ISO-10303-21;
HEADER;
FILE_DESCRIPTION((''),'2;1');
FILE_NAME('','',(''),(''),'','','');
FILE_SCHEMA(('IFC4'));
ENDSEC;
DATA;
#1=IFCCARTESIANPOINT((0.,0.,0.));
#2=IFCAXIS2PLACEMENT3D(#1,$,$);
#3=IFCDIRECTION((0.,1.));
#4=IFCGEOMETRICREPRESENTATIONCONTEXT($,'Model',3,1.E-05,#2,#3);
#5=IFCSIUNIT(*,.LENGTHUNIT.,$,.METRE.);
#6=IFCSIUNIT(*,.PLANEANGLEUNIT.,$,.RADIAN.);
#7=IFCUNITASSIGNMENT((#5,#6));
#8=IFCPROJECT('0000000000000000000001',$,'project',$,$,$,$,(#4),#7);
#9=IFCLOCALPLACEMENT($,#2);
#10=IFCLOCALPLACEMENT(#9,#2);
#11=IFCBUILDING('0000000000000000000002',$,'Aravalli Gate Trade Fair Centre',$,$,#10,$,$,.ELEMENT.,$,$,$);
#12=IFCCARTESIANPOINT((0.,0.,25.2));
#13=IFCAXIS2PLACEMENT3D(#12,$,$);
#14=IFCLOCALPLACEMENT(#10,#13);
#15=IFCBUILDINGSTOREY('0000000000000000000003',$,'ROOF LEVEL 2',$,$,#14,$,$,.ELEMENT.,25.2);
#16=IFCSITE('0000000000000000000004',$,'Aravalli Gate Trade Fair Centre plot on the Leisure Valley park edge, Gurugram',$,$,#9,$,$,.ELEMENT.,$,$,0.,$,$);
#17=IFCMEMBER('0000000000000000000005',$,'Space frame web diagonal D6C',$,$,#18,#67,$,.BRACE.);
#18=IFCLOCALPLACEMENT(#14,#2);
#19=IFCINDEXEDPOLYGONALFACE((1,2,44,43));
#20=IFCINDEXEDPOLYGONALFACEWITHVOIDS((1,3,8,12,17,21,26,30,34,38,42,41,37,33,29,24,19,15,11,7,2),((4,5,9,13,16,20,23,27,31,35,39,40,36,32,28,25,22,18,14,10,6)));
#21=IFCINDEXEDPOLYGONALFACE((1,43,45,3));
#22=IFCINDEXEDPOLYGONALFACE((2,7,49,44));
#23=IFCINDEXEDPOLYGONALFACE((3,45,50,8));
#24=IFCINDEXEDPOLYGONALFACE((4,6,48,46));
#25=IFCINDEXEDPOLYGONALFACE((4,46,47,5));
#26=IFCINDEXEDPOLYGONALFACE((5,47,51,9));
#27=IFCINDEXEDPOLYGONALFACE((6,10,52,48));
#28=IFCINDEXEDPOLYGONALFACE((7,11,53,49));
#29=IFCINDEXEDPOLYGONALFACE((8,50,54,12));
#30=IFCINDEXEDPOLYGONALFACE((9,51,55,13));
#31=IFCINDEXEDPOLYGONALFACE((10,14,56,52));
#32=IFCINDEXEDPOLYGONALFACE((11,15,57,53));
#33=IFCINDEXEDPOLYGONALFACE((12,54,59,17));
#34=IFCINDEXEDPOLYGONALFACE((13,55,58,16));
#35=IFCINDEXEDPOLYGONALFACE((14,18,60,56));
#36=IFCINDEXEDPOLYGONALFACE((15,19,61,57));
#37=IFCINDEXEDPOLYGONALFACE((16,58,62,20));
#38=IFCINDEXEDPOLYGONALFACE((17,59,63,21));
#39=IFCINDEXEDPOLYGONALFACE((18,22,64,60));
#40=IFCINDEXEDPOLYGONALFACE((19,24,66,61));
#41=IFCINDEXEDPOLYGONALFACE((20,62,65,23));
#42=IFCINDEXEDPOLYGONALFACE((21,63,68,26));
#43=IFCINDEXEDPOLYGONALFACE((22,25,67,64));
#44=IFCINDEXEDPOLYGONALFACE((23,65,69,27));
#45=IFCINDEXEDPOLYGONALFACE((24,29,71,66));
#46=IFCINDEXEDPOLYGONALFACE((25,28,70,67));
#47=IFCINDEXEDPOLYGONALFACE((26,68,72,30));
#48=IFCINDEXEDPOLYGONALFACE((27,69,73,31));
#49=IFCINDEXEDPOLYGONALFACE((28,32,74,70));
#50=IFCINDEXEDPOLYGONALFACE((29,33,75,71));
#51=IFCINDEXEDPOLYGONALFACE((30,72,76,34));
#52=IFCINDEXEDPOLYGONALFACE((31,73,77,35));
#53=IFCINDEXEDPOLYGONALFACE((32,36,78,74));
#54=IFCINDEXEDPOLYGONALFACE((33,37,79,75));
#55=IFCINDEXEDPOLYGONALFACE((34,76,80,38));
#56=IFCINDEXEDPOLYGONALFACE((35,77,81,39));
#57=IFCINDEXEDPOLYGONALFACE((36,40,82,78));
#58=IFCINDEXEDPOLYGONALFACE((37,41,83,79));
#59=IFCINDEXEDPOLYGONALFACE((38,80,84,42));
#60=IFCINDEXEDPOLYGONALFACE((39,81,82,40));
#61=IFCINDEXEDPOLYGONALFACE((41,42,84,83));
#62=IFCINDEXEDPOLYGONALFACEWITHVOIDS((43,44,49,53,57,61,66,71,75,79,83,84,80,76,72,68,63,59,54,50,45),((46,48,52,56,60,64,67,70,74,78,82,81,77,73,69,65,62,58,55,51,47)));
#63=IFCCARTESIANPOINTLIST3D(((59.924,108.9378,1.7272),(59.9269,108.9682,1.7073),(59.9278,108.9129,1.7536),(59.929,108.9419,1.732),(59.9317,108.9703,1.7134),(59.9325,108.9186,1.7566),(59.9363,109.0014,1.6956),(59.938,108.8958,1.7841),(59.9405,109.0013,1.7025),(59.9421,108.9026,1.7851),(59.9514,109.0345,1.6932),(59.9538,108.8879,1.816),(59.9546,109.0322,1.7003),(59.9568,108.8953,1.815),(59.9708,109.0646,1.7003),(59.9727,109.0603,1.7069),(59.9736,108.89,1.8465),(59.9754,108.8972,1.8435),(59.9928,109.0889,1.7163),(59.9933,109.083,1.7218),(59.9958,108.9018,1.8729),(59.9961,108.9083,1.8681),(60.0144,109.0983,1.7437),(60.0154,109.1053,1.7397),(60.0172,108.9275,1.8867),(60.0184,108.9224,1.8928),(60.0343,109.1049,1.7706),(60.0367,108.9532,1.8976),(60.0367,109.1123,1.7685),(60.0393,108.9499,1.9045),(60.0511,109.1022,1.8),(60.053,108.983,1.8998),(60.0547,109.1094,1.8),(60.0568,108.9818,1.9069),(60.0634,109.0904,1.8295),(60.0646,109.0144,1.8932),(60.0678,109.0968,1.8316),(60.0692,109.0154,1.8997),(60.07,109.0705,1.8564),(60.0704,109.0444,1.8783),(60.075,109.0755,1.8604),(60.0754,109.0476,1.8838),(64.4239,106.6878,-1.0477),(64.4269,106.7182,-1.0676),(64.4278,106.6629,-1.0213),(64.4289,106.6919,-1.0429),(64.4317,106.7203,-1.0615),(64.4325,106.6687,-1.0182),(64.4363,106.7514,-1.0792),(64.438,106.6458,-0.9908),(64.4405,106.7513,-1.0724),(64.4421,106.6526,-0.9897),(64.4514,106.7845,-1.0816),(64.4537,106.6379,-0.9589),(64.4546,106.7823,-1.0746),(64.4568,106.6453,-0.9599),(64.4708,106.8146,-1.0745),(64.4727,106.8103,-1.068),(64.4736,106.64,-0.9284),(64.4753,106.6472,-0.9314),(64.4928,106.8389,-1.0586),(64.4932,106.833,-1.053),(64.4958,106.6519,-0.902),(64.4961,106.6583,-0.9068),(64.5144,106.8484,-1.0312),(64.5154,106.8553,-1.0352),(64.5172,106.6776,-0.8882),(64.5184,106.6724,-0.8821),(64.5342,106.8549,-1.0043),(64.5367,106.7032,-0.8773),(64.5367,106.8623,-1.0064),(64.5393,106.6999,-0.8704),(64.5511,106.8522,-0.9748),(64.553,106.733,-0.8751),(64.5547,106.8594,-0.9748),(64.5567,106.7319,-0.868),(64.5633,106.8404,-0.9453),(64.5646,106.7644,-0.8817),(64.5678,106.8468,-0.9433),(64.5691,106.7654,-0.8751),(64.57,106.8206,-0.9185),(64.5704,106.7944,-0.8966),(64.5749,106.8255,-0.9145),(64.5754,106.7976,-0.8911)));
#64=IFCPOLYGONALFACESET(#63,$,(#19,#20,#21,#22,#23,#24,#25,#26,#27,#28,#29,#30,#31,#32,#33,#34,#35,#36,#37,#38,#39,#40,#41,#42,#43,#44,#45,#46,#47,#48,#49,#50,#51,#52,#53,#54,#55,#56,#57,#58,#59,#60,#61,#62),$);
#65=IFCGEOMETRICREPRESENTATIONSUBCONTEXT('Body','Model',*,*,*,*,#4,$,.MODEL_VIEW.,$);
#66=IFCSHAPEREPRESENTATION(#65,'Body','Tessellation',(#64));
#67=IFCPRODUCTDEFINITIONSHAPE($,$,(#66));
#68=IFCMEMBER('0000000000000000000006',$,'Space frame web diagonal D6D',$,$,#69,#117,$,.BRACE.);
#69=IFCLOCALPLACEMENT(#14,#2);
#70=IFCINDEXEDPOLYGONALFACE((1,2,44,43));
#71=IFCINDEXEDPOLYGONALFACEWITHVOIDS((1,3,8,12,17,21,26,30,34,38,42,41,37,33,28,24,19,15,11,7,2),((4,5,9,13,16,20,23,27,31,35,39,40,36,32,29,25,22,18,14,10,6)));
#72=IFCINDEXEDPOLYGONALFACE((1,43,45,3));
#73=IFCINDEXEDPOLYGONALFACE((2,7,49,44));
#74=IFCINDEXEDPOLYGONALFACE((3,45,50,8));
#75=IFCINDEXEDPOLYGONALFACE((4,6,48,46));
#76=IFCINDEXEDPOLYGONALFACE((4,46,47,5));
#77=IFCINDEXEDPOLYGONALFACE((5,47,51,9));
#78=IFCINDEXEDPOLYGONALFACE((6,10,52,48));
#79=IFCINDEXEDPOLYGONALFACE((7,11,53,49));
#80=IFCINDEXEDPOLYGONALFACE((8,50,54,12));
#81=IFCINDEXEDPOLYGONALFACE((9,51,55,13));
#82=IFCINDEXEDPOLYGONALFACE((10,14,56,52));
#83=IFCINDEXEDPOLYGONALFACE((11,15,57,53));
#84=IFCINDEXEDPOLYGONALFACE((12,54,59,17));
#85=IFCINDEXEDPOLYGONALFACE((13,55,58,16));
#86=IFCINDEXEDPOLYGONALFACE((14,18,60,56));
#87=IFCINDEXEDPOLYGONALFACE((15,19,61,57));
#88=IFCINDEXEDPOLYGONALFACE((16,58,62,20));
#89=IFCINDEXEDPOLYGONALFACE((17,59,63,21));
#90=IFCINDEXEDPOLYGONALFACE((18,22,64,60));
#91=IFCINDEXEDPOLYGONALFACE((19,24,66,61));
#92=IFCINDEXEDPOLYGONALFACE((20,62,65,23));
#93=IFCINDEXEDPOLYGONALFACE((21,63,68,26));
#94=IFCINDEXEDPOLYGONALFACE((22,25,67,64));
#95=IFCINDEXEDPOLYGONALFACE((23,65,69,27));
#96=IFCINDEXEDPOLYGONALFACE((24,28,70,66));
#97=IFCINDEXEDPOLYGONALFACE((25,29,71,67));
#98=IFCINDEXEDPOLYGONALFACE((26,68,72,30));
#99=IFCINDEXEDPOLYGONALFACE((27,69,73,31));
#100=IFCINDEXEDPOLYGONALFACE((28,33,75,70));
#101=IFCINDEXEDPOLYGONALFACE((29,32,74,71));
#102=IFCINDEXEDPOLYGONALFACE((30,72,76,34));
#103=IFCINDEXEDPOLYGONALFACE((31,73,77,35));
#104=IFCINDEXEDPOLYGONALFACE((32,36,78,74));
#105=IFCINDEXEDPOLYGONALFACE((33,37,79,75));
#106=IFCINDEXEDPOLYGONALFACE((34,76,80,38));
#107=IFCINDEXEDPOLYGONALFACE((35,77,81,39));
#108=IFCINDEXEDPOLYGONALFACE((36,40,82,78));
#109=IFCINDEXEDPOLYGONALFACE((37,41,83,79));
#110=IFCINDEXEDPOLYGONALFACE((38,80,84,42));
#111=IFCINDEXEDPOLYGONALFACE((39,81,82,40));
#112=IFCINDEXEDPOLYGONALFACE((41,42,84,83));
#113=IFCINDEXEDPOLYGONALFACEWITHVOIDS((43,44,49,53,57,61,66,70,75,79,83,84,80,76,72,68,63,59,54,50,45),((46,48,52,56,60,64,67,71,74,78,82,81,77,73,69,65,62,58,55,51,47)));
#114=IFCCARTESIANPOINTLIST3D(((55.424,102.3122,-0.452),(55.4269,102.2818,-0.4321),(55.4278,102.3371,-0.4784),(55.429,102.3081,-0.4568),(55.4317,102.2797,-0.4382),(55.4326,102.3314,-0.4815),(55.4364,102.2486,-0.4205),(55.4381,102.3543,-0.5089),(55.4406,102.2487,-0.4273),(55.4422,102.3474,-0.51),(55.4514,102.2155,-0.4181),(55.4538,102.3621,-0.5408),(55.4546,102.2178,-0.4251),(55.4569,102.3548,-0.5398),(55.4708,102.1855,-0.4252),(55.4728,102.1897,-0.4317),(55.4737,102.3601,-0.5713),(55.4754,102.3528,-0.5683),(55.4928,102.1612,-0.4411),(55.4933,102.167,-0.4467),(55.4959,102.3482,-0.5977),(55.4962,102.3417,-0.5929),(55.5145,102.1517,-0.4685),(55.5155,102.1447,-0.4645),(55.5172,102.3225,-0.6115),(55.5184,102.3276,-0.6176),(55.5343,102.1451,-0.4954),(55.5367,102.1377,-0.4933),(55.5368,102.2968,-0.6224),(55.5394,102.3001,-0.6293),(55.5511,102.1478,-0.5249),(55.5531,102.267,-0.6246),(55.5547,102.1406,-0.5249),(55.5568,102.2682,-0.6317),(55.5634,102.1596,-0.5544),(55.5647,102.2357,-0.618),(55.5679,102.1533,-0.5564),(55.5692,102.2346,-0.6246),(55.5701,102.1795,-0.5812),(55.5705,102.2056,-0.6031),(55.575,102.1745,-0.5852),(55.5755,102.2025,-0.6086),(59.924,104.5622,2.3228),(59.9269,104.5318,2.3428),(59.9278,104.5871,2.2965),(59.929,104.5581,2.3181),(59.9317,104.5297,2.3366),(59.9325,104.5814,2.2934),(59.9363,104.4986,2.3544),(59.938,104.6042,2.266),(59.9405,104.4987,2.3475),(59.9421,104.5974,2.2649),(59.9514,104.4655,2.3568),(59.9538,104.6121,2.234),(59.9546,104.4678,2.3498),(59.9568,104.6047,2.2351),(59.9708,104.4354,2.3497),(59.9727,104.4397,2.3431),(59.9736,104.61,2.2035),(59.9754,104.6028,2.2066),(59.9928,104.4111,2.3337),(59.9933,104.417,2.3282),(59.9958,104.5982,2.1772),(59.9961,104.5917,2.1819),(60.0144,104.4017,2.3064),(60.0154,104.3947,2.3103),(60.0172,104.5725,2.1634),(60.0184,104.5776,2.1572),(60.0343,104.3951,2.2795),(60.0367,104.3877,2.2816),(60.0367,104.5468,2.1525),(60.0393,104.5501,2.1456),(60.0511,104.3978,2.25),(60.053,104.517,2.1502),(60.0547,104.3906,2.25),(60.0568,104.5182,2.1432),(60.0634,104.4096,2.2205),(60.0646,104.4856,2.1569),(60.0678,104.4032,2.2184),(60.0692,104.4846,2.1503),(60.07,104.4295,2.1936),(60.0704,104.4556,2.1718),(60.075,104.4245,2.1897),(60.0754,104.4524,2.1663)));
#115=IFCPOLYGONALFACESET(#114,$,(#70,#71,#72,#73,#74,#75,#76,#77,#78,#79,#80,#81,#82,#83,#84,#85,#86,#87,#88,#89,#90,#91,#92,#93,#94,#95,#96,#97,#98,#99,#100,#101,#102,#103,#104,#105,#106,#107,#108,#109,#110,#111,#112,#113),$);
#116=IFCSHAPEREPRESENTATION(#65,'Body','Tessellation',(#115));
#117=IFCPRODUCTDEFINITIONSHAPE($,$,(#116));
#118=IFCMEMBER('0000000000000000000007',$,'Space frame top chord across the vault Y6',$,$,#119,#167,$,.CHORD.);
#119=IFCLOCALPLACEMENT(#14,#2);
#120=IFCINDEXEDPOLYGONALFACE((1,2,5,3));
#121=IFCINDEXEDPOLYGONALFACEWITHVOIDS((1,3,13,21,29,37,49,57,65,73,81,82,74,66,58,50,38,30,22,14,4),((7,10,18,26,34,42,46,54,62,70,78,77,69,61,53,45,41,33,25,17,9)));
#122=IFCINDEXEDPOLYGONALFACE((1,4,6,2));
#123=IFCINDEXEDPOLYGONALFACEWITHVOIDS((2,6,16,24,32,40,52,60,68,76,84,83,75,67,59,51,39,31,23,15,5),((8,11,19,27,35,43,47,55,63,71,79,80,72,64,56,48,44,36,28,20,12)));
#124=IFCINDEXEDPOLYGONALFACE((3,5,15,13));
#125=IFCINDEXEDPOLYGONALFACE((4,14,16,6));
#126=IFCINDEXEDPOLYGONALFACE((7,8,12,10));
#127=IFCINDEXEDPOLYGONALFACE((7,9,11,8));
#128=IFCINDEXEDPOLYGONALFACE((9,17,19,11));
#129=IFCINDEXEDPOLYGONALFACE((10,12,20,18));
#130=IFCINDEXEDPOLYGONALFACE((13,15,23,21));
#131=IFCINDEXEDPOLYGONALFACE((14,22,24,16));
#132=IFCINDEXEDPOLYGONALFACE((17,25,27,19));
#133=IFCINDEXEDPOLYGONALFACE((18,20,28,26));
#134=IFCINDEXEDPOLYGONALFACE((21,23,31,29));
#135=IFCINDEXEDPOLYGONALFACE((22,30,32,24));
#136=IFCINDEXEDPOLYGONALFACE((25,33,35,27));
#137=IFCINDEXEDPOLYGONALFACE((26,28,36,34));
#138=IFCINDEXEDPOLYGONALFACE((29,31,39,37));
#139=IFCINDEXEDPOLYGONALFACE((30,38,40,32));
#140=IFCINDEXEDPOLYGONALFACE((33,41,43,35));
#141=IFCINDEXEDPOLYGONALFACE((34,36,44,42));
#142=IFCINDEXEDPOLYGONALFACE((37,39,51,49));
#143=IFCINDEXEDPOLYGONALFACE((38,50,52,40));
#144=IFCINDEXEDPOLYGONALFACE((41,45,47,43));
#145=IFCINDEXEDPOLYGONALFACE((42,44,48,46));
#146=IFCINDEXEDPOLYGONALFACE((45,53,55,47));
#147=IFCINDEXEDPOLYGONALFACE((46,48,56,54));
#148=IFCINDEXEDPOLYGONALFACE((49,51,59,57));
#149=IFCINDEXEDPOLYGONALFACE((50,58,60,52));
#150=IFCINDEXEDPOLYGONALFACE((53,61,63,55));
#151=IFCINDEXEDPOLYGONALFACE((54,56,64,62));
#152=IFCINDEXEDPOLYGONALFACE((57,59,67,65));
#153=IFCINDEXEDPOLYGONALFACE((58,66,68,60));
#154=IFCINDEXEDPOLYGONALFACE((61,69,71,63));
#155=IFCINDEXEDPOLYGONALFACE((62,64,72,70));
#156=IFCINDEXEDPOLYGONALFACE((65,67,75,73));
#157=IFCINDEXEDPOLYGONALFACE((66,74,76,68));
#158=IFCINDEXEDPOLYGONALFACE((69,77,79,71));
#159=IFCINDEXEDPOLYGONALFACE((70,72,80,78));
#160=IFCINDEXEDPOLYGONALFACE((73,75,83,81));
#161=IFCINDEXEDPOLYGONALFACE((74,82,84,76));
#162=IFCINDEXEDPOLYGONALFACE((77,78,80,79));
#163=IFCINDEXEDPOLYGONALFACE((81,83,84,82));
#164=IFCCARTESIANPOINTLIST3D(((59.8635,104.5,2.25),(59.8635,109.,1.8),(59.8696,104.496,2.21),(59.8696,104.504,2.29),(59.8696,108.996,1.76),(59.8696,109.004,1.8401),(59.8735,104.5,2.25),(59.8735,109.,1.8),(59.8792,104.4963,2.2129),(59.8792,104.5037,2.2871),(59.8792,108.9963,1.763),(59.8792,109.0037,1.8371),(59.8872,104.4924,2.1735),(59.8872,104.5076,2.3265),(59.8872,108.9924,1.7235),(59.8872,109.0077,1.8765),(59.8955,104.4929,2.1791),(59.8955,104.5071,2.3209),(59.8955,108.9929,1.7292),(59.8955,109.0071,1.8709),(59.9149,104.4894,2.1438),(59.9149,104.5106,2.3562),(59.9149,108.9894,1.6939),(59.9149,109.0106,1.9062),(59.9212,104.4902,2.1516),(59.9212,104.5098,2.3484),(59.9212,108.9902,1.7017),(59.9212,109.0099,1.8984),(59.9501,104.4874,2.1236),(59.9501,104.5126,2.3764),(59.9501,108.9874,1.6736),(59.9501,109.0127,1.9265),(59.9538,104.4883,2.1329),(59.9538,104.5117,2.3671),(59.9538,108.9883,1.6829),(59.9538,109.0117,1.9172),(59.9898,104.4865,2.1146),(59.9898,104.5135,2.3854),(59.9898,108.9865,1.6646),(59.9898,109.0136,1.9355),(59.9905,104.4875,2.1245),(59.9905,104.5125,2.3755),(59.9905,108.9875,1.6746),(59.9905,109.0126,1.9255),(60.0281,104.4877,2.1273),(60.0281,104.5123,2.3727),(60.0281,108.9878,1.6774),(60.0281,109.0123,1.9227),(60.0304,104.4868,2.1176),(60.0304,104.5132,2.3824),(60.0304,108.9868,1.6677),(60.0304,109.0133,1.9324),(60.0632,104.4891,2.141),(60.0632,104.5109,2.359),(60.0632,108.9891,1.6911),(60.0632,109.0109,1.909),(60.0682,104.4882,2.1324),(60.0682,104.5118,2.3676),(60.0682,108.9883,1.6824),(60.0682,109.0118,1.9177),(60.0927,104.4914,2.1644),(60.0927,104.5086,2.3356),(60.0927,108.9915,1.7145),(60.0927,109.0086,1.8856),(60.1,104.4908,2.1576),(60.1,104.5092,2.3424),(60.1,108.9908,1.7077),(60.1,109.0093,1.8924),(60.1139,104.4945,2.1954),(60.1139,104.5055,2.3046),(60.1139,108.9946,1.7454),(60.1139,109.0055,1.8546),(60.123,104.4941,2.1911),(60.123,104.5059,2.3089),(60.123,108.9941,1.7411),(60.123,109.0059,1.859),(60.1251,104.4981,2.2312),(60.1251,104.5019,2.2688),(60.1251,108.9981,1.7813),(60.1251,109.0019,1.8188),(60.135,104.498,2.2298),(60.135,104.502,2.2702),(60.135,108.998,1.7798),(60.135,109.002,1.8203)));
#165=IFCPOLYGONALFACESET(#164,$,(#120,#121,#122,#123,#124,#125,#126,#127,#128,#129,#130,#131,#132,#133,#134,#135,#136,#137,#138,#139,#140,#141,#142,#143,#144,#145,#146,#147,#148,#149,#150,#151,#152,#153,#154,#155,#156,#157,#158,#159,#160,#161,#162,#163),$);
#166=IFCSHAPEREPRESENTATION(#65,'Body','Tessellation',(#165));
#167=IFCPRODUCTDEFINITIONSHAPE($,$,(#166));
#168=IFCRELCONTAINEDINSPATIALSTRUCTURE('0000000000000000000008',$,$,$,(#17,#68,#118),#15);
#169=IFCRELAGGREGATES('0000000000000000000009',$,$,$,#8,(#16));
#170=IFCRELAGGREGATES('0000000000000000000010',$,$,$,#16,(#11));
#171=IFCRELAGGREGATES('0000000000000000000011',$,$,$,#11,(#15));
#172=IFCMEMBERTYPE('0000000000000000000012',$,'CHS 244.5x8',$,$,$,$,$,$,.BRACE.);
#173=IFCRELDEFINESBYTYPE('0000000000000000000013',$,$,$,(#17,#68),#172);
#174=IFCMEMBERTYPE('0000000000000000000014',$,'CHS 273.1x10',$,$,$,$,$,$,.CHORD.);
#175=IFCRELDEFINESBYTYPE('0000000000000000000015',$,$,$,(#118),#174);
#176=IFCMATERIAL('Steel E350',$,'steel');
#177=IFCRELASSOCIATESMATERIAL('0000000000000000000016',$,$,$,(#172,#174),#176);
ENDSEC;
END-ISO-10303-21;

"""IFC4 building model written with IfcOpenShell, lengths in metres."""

from ifc_helpers import new_model, si_unit, direction, frame, origin, origin_2d, place, context, subcontext, project, spatial, hollow_circle, extrude, material, material_profile, profile_set, type_object, element, save


model = new_model("IFC4")

# Units and contexts
model_context = context("Model", 3, precision=1e-05, world=origin(), true_north=direction((0.0, 1.0)))
body_context = subcontext(model_context, "Body", "Model", "MODEL_VIEW")
ifc_project = project(units=[si_unit("LENGTHUNIT", "METRE"), si_unit("PLANEANGLEUNIT", "RADIAN")], contexts=[model_context])

# Site, building, storey
site_placement = place(None, origin())
site = spatial("IfcSite", under=ifc_project, at=site_placement, Name="Aravalli Gate Trade Fair Centre plot on the Leisure Valley park edge, Gurugram", CompositionType="ELEMENT", RefElevation=0.0)
building_placement = place(site_placement, origin())
building = spatial("IfcBuilding", under=site, at=building_placement, Name="Aravalli Gate Trade Fair Centre", CompositionType="ELEMENT")
storey_placement = place(building_placement, frame((0.0, 0.0, 25.2)))
storey = spatial("IfcBuildingStorey", under=building, at=storey_placement, Name="ROOF LEVEL 2", CompositionType="ELEMENT", Elevation=25.2)

# Members
ifc_material_1 = material(Name="Steel E350", Category="steel")
ifc_material_profile_1 = material_profile(ifc_material_1, hollow_circle(Radius=0.1223, WallThickness=0.0081, at=origin_2d()), Name="CHS 244.5x8")
ifc_profile_set_1 = profile_set([ifc_material_profile_1], Name="Steel E350")
member_type_1 = type_object("IfcMemberType", Name="CHS 244.5x8", PredefinedType="BRACE", material=ifc_profile_set_1)
for number, where, z_axis, x_axis, name in (
    (1, (60.0, 109.0, 1.8), (0.7832, -0.3916, -0.482956), (0.447214, 0.894427, 0.0), "Space frame web diagonal D6C"),
    (2, (60.0, 104.5, 2.25), (-0.7832, -0.3916, -0.482956), (0.447214, -0.894427, 0.0), "Space frame web diagonal D6D"),
):
    element("IfcMember", number, at=place(storey_placement, frame(where, z_axis=z_axis, x_axis=x_axis)), inside=storey, type_object=member_type_1, Name=name, PredefinedType="BRACE", context=body_context, shape_type="SweptSolid", body=[
        extrude(hollow_circle(Radius=0.1223, WallThickness=0.0081, at=origin_2d()), origin(), (0.0, 0.0, 1.0), 5.7456),
    ])
ifc_material_profile_2 = material_profile(ifc_material_1, hollow_circle(Radius=0.1365, WallThickness=0.01, at=origin_2d()), Name="CHS 273.1x10")
ifc_profile_set_2 = profile_set([ifc_material_profile_2], Name="Steel E350")
member_type_2 = type_object("IfcMemberType", Name="CHS 273.1x10", PredefinedType="CHORD", material=ifc_profile_set_2)
member_1_placement = place(storey_placement, frame((60.0, 104.5, 2.25), z_axis=(0.0, 0.995038, -0.099493), x_axis=(-1.0, 0.0, 0.0)))
element("IfcMember", 3, at=member_1_placement, inside=storey, type_object=member_type_2, Name="Space frame top chord across the vault Y6", PredefinedType="CHORD", context=body_context, shape_type="SweptSolid", body=[
    extrude(hollow_circle(Radius=0.1365, WallThickness=0.01, at=origin_2d()), origin(), (0.0, 0.0, 1.0), 4.5225),
])

save(model, "model.ifc")
